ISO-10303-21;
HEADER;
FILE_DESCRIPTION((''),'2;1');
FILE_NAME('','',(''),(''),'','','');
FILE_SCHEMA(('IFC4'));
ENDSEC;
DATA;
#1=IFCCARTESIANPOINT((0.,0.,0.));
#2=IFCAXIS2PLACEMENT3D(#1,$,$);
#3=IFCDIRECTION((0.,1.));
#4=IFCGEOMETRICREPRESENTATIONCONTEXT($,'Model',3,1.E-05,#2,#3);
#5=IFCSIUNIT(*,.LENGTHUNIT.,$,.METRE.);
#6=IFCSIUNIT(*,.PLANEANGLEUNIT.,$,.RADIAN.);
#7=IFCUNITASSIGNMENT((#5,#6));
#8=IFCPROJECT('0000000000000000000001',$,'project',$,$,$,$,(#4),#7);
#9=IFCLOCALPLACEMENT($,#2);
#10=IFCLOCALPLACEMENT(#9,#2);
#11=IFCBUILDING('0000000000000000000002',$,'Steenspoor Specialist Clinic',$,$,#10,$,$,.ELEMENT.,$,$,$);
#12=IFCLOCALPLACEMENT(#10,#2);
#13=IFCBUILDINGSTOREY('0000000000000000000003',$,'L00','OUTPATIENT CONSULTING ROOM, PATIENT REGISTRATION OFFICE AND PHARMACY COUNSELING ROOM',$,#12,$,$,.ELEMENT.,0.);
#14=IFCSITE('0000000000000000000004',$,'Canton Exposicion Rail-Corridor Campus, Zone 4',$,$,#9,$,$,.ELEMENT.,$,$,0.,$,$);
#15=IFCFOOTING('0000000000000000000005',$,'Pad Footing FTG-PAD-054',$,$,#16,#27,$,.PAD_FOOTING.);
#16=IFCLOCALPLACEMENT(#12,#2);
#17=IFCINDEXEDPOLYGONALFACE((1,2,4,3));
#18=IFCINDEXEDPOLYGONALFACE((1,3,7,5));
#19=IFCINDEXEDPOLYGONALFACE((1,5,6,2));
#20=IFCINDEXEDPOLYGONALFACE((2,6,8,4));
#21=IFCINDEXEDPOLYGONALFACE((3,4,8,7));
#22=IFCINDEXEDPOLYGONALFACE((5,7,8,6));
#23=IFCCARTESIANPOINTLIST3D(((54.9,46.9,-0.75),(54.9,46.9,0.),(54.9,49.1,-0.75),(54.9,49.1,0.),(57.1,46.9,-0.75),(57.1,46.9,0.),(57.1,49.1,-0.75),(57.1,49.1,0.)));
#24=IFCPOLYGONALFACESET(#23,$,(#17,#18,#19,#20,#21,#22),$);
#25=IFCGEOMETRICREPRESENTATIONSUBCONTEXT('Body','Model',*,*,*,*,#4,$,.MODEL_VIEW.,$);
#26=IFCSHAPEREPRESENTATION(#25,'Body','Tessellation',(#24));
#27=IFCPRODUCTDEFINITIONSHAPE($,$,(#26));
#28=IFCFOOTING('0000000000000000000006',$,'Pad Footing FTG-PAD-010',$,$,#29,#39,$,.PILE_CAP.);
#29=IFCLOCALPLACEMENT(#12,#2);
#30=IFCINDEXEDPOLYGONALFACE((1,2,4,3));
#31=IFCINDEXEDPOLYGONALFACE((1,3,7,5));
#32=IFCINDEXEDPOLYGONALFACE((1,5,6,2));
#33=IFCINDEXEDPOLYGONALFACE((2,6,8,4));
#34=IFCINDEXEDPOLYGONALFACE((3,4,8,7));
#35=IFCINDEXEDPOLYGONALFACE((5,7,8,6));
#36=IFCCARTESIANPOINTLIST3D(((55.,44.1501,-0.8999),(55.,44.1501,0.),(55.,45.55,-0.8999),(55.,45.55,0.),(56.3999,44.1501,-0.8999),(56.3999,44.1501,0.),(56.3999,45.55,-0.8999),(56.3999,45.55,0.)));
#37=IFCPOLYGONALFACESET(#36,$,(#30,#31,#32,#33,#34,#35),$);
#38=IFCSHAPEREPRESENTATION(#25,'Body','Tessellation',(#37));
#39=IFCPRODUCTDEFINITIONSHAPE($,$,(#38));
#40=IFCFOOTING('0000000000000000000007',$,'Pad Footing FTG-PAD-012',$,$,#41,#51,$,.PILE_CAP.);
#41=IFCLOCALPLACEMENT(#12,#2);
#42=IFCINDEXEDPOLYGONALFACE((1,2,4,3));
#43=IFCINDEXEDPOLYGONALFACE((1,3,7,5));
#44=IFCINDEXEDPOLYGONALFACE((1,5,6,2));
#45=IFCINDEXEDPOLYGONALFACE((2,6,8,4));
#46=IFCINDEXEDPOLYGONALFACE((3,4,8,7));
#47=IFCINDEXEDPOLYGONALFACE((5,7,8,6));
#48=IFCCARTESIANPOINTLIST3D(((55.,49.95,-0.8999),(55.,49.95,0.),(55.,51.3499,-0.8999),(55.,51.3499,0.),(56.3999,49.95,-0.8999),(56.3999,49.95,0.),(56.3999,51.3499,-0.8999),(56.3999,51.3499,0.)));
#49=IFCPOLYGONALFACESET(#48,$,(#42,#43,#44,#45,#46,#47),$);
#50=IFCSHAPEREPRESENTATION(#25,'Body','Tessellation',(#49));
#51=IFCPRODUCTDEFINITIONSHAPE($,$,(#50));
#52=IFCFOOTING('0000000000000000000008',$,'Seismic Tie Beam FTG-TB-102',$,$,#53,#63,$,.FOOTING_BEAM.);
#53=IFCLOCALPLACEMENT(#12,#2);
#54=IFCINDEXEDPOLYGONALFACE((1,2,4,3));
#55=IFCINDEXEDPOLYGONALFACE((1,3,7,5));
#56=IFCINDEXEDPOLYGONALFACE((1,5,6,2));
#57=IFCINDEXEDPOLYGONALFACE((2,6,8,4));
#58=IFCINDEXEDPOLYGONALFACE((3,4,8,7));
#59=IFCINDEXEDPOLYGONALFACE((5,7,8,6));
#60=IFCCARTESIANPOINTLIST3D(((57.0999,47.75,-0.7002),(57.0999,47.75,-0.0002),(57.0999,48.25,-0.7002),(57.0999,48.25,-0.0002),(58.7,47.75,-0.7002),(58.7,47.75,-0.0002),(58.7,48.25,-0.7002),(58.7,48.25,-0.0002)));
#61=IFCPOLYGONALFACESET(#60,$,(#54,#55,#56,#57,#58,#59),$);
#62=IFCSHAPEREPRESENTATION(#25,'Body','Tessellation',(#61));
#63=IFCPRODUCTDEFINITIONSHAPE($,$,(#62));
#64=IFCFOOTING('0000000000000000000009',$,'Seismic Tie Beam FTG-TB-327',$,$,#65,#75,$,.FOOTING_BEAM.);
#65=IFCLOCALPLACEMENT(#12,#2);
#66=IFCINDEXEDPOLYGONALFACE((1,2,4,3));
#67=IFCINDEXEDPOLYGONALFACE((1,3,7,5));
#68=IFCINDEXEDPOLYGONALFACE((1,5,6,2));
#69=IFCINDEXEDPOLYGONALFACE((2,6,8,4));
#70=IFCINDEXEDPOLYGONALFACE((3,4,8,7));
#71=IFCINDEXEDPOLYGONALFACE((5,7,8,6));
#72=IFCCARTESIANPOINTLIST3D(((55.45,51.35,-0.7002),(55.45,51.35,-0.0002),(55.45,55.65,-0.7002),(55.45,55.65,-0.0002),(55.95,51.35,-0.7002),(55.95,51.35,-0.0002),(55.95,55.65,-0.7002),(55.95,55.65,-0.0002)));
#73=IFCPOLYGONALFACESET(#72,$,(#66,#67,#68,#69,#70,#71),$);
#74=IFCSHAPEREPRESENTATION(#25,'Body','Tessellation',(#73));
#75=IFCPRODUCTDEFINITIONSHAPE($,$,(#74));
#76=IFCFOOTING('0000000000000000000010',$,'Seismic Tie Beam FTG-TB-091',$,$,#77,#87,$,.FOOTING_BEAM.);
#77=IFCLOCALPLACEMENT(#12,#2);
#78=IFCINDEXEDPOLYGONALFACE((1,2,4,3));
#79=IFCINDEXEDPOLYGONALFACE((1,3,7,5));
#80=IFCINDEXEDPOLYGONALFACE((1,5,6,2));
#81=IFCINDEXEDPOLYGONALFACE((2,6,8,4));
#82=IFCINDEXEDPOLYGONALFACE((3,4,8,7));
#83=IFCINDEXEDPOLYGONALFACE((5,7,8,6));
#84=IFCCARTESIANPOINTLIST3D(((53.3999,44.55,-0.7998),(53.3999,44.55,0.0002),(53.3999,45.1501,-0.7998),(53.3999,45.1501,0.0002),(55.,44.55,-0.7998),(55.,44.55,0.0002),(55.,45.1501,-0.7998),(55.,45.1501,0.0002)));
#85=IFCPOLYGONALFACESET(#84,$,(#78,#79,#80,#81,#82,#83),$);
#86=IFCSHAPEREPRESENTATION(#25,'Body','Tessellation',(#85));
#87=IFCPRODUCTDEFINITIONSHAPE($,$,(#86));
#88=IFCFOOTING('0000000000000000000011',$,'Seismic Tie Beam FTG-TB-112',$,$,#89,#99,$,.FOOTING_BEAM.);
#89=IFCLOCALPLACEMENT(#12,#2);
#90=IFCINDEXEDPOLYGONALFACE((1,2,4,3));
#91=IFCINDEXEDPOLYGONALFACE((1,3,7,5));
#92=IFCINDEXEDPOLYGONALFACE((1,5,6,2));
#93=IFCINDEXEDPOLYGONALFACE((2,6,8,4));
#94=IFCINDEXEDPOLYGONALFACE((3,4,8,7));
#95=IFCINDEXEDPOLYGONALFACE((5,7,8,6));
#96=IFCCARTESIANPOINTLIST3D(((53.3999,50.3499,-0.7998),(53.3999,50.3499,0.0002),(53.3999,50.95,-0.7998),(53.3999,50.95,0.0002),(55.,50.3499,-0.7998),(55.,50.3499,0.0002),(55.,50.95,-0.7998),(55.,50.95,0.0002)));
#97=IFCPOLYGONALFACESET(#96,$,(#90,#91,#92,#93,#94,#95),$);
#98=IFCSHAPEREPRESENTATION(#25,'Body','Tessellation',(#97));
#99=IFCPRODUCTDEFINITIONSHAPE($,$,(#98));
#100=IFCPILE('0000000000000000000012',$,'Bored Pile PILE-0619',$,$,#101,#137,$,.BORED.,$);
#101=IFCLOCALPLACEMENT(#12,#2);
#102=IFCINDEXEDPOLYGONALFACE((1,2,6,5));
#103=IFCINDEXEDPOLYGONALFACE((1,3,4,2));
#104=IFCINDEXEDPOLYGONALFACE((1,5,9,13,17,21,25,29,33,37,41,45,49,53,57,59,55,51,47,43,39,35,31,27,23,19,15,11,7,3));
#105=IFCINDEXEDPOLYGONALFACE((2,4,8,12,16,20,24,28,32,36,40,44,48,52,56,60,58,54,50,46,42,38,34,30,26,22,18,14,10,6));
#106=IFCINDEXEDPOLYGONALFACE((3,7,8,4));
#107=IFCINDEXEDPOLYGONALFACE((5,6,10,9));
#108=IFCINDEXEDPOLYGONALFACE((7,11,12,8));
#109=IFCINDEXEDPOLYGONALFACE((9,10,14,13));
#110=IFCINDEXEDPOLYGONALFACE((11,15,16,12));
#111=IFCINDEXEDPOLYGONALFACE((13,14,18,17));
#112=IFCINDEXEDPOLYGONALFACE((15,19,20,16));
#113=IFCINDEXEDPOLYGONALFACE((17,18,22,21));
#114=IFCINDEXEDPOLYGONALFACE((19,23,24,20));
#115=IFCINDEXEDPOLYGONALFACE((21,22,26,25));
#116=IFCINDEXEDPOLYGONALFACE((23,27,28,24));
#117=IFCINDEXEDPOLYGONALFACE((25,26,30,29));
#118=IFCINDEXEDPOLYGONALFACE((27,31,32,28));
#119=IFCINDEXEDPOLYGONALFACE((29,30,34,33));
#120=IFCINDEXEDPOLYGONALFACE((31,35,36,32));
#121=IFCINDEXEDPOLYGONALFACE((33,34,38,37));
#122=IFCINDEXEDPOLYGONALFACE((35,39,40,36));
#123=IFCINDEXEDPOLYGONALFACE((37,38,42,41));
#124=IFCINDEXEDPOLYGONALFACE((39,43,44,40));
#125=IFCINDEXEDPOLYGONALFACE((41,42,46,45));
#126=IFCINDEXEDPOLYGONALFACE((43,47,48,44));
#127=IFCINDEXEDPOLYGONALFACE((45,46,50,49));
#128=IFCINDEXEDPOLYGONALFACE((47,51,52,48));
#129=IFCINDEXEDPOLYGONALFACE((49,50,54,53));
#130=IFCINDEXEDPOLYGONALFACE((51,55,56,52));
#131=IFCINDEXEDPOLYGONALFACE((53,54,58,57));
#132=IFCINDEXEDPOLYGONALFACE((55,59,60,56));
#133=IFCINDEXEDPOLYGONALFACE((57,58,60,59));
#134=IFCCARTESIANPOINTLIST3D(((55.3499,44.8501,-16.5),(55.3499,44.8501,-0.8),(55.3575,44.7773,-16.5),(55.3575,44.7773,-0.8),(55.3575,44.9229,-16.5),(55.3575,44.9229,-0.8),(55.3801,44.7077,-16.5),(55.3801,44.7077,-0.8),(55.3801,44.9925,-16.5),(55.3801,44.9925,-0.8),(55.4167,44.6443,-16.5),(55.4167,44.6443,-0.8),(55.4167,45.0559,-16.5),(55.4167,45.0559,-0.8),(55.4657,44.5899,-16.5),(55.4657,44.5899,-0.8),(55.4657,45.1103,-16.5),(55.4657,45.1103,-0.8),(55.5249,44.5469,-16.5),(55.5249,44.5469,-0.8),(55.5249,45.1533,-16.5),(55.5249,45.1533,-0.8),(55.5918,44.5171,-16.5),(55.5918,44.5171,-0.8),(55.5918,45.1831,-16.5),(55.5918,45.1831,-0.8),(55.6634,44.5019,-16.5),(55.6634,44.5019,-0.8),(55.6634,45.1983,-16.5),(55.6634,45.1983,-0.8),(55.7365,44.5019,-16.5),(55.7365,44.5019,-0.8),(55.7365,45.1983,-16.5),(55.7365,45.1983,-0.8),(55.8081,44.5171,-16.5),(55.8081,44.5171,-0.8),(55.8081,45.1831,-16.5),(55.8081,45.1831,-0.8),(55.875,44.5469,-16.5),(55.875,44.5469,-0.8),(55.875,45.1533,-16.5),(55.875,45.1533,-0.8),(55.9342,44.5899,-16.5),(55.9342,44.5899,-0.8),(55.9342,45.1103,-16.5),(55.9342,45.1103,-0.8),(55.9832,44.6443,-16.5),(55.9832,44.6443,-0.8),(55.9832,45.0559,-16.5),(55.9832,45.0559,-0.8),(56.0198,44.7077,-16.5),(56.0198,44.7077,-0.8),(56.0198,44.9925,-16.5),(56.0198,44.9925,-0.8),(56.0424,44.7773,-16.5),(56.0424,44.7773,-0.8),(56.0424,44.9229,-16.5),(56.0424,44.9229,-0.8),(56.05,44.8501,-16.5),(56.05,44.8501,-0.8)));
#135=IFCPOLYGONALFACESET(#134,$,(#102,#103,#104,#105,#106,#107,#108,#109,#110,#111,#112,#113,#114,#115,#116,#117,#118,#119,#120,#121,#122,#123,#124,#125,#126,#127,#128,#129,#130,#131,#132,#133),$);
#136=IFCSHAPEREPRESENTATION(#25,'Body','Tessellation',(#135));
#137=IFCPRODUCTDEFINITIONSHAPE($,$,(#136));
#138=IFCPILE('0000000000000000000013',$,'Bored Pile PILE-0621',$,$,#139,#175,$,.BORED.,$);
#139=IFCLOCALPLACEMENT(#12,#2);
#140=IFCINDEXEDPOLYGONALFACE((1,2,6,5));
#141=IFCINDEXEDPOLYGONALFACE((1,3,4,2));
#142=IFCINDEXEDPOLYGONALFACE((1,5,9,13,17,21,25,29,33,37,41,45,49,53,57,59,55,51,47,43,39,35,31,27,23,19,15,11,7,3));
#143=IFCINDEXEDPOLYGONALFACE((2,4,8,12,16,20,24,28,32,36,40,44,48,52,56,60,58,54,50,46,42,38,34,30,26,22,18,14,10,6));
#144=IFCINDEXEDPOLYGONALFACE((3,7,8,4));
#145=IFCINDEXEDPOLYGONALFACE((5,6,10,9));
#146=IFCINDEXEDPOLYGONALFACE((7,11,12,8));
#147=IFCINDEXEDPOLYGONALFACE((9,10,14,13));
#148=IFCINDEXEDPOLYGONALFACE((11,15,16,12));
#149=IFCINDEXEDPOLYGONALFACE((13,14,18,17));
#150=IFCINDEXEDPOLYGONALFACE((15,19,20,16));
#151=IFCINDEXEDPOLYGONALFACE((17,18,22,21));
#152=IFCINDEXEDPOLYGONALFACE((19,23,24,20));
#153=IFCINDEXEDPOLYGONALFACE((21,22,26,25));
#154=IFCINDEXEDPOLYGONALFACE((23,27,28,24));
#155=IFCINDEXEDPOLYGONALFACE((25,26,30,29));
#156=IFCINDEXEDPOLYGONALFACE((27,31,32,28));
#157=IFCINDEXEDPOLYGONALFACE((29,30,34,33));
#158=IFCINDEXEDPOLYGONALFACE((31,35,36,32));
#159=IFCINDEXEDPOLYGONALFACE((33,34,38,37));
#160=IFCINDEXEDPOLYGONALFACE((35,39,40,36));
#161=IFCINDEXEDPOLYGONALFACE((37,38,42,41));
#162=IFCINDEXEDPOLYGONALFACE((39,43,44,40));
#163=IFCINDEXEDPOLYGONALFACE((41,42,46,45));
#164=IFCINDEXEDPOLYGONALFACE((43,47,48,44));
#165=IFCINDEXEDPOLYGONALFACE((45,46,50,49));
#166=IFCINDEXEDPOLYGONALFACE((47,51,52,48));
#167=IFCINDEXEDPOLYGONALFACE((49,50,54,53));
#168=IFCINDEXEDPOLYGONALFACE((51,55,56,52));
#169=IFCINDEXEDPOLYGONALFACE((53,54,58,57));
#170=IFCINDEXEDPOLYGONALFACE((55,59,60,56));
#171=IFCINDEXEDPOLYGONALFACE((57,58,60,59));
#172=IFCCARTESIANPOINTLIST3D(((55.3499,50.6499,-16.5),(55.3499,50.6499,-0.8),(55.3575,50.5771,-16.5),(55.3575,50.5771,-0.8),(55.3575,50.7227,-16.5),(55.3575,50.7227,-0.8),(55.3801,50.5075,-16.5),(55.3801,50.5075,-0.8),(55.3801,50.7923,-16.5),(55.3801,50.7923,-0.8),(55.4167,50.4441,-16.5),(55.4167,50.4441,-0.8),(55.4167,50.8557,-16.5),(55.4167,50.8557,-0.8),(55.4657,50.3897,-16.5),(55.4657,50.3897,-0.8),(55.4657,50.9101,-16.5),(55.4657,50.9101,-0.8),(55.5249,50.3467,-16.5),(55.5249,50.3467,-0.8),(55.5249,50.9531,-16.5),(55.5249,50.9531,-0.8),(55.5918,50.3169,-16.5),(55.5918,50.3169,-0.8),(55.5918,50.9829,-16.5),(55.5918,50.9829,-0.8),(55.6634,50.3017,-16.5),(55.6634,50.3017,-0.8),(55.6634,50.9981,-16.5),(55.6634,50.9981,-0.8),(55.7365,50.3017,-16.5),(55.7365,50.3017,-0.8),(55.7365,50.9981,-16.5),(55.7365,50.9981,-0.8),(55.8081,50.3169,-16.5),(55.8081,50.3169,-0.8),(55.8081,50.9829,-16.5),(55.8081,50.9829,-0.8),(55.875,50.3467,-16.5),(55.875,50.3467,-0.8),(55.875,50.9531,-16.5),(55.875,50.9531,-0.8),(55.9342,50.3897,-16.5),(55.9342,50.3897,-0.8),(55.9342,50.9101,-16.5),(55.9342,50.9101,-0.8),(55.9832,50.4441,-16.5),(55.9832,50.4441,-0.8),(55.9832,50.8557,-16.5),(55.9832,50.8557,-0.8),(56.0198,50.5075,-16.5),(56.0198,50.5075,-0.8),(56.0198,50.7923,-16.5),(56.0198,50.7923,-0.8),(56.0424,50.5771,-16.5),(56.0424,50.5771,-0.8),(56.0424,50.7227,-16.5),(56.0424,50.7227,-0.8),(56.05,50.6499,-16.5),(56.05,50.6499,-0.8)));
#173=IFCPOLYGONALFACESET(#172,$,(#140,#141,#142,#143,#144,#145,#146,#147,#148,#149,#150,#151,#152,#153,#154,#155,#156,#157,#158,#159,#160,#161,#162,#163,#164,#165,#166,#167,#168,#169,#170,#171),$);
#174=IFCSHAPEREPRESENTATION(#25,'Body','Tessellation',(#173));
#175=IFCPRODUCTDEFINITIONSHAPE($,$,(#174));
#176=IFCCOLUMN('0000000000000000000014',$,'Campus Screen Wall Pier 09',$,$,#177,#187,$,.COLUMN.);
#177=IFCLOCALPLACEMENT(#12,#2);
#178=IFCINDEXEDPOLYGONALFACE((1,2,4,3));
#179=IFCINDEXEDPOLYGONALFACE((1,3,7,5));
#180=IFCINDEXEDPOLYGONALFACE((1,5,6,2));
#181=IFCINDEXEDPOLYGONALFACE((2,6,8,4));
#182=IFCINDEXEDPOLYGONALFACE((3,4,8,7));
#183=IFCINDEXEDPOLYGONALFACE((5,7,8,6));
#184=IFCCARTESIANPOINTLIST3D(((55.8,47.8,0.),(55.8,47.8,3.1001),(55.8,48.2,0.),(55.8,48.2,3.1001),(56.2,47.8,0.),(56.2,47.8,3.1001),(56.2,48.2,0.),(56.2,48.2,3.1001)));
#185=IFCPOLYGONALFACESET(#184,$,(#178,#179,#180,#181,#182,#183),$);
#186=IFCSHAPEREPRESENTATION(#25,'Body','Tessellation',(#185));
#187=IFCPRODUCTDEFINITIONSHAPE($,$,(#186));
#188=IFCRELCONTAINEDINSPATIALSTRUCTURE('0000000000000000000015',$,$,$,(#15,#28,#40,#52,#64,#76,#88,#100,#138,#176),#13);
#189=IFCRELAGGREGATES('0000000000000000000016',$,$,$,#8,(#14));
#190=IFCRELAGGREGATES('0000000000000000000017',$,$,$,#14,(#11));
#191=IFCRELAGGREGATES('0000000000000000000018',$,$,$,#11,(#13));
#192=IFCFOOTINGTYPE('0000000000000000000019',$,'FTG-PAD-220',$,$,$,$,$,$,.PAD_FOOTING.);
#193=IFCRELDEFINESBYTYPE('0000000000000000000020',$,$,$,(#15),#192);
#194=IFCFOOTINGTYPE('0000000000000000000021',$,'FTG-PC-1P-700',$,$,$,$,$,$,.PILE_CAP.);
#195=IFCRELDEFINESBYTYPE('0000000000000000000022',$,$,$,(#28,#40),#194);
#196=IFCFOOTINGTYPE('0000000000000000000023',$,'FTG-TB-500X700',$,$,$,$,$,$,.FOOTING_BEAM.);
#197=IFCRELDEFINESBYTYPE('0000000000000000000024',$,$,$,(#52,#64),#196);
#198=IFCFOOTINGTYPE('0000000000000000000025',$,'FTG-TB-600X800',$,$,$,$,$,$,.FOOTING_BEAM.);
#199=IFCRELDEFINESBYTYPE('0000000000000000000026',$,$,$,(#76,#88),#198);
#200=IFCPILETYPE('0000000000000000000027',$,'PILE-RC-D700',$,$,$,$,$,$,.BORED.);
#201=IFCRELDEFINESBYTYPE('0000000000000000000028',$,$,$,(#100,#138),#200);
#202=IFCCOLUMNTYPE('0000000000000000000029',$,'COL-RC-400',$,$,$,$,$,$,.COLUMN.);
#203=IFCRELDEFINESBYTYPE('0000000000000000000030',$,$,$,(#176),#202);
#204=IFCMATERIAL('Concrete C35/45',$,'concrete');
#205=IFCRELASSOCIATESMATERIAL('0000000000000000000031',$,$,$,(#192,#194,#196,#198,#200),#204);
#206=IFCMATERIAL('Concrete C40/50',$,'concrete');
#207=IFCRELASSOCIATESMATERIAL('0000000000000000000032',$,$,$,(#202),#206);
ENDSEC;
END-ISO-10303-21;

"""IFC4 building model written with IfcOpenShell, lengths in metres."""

from ifc_helpers import new_model, si_unit, direction, frame, origin, origin_2d, place, context, subcontext, project, spatial, rectangle, circle, extrude, material, material_profile, profile_set, type_object, element, save


model = new_model("IFC4")

# Units and contexts
model_context = context("Model", 3, precision=1e-05, world=origin(), true_north=direction((0.0, 1.0)))
body_context = subcontext(model_context, "Body", "Model", "MODEL_VIEW")
ifc_project = project(units=[si_unit("LENGTHUNIT", "METRE"), si_unit("PLANEANGLEUNIT", "RADIAN")], contexts=[model_context])

# Site, building, storey
site_placement = place(None, origin())
site = spatial("IfcSite", under=ifc_project, at=site_placement, Name="Canton Exposicion Rail-Corridor Campus, Zone 4", CompositionType="ELEMENT", RefElevation=0.0)
building_placement = place(site_placement, origin())
building = spatial("IfcBuilding", under=site, at=building_placement, Name="Steenspoor Specialist Clinic", CompositionType="ELEMENT")
storey_placement = place(building_placement, origin())
storey = spatial("IfcBuildingStorey", under=building, at=storey_placement, Name="L00", Description="OUTPATIENT CONSULTING ROOM, PATIENT REGISTRATION OFFICE AND PHARMACY COUNSELING ROOM", CompositionType="ELEMENT", Elevation=0.0)

# Footings
ifc_material_1 = material(Name="Concrete C35/45", Category="concrete")
footing_type_1 = type_object("IfcFootingType", Name="FTG-PAD-220", PredefinedType="PAD_FOOTING", material=ifc_material_1)
footing_1_placement = place(storey_placement, frame((56.0, 48.0, -0.75), z_axis=(0.0, 0.0, 1.0), x_axis=(1.0, 0.0, 0.0)))
element("IfcFooting", 1, at=footing_1_placement, inside=storey, type_object=footing_type_1, Name="Pad Footing FTG-PAD-054", PredefinedType="PAD_FOOTING", context=body_context, shape_type="SweptSolid", body=[
    extrude(rectangle(XDim=2.2, YDim=2.2, at=origin_2d()), origin(), (0.0, 0.0, 1.0), 0.75),
])
footing_type_2 = type_object("IfcFootingType", Name="FTG-PC-1P-700", PredefinedType="PILE_CAP", material=ifc_material_1)
for number, where, z_axis, x_axis, name in (
    (2, (55.7, 44.8501, -0.8999), (0.0, 0.0, 1.0), (1.0, 0.0, 0.0), "Pad Footing FTG-PAD-010"),
    (3, (55.7, 50.6499, -0.8999), (0.0, 0.0, 1.0), (1.0, 0.0, 0.0), "Pad Footing FTG-PAD-012"),
):
    element("IfcFooting", number, at=place(storey_placement, frame(where, z_axis=z_axis, x_axis=x_axis)), inside=storey, type_object=footing_type_2, Name=name, PredefinedType="PILE_CAP", context=body_context, shape_type="SweptSolid", body=[
        extrude(rectangle(XDim=1.3999, YDim=1.3999, at=origin_2d()), origin(), (0.0, 0.0, 1.0), 0.8999),
    ])
footing_type_3 = type_object("IfcFootingType", Name="FTG-TB-500X700", PredefinedType="FOOTING_BEAM", material=ifc_material_1)
footing_2_placement = place(storey_placement, frame((57.8999, 48.0, -0.7002), z_axis=(0.0, 0.0, 1.0), x_axis=(1.0, 0.0, 0.0)))
element("IfcFooting", 4, at=footing_2_placement, inside=storey, type_object=footing_type_3, Name="Seismic Tie Beam FTG-TB-102", PredefinedType="FOOTING_BEAM", context=body_context, shape_type="SweptSolid", body=[
    extrude(rectangle(XDim=1.6001, YDim=0.5, at=origin_2d()), origin(), (0.0, 0.0, 1.0), 0.7),
])
footing_3_placement = place(storey_placement, frame((55.7, 53.5, -0.7002), z_axis=(0.0, 0.0, 1.0), x_axis=(1.0, 0.0, 0.0)))
element("IfcFooting", 5, at=footing_3_placement, inside=storey, type_object=footing_type_3, Name="Seismic Tie Beam FTG-TB-327", PredefinedType="FOOTING_BEAM", context=body_context, shape_type="SweptSolid", body=[
    extrude(rectangle(XDim=0.5, YDim=4.3, at=origin_2d()), origin(), (0.0, 0.0, 1.0), 0.7),
])
footing_type_4 = type_object("IfcFootingType", Name="FTG-TB-600X800", PredefinedType="FOOTING_BEAM", material=ifc_material_1)
for number, where, z_axis, x_axis, name in (
    (6, (54.2, 44.8501, -0.7998), (0.0, 0.0, 1.0), (1.0, 0.0, 0.0), "Seismic Tie Beam FTG-TB-091"),
    (7, (54.2, 50.6499, -0.7998), (0.0, 0.0, 1.0), (1.0, 0.0, 0.0), "Seismic Tie Beam FTG-TB-112"),
):
    element("IfcFooting", number, at=place(storey_placement, frame(where, z_axis=z_axis, x_axis=x_axis)), inside=storey, type_object=footing_type_4, Name=name, PredefinedType="FOOTING_BEAM", context=body_context, shape_type="SweptSolid", body=[
        extrude(rectangle(XDim=1.6001, YDim=0.6001, at=origin_2d()), origin(), (0.0, 0.0, 1.0), 0.8),
    ])

# Piles
ifc_material_profile_1 = material_profile(ifc_material_1, circle(Radius=0.3501, at=origin_2d()), Name="PILE-D700")
ifc_profile_set_1 = profile_set([ifc_material_profile_1], Name="Concrete C35/45")
pile_type = type_object("IfcPileType", Name="PILE-RC-D700", PredefinedType="BORED", material=ifc_profile_set_1)
for number, where, z_axis, x_axis, name in (
    (8, (55.7, 44.8501, -0.8), (0.0, 0.0, -1.0), (1.0, 0.0, 0.0), "Bored Pile PILE-0619"),
    (9, (55.7, 50.6499, -0.8), (0.0, 0.0, -1.0), (1.0, 0.0, 0.0), "Bored Pile PILE-0621"),
):
    element("IfcPile", number, at=place(storey_placement, frame(where, z_axis=z_axis, x_axis=x_axis)), inside=storey, type_object=pile_type, Name=name, PredefinedType="BORED", context=body_context, shape_type="SweptSolid", body=[
        extrude(circle(Radius=0.3501, at=origin_2d()), origin(), (0.0, 0.0, 1.0), 15.7),
    ])

# Column
ifc_material_2 = material(Name="Concrete C40/50", Category="concrete")
ifc_material_profile_2 = material_profile(ifc_material_2, rectangle(XDim=0.3999, YDim=0.3999, at=origin_2d()), Name="RC-COL-400X400")
ifc_profile_set_2 = profile_set([ifc_material_profile_2], Name="Concrete C40/50")
column_type_1 = type_object("IfcColumnType", Name="COL-RC-400", PredefinedType="COLUMN", material=ifc_profile_set_2)
column_1_placement = place(storey_placement, frame((56.0, 48.0, 0.0), z_axis=(0.0, 0.0, 1.0), x_axis=(1.0, 0.0, 0.0)))
element("IfcColumn", 10, at=column_1_placement, inside=storey, type_object=column_type_1, Name="Campus Screen Wall Pier 09", PredefinedType="COLUMN", context=body_context, shape_type="SweptSolid", body=[
    extrude(rectangle(XDim=0.3999, YDim=0.3999, at=origin_2d()), origin(), (0.0, 0.0, 1.0), 3.1001),
])

save(model, "model.ifc")
